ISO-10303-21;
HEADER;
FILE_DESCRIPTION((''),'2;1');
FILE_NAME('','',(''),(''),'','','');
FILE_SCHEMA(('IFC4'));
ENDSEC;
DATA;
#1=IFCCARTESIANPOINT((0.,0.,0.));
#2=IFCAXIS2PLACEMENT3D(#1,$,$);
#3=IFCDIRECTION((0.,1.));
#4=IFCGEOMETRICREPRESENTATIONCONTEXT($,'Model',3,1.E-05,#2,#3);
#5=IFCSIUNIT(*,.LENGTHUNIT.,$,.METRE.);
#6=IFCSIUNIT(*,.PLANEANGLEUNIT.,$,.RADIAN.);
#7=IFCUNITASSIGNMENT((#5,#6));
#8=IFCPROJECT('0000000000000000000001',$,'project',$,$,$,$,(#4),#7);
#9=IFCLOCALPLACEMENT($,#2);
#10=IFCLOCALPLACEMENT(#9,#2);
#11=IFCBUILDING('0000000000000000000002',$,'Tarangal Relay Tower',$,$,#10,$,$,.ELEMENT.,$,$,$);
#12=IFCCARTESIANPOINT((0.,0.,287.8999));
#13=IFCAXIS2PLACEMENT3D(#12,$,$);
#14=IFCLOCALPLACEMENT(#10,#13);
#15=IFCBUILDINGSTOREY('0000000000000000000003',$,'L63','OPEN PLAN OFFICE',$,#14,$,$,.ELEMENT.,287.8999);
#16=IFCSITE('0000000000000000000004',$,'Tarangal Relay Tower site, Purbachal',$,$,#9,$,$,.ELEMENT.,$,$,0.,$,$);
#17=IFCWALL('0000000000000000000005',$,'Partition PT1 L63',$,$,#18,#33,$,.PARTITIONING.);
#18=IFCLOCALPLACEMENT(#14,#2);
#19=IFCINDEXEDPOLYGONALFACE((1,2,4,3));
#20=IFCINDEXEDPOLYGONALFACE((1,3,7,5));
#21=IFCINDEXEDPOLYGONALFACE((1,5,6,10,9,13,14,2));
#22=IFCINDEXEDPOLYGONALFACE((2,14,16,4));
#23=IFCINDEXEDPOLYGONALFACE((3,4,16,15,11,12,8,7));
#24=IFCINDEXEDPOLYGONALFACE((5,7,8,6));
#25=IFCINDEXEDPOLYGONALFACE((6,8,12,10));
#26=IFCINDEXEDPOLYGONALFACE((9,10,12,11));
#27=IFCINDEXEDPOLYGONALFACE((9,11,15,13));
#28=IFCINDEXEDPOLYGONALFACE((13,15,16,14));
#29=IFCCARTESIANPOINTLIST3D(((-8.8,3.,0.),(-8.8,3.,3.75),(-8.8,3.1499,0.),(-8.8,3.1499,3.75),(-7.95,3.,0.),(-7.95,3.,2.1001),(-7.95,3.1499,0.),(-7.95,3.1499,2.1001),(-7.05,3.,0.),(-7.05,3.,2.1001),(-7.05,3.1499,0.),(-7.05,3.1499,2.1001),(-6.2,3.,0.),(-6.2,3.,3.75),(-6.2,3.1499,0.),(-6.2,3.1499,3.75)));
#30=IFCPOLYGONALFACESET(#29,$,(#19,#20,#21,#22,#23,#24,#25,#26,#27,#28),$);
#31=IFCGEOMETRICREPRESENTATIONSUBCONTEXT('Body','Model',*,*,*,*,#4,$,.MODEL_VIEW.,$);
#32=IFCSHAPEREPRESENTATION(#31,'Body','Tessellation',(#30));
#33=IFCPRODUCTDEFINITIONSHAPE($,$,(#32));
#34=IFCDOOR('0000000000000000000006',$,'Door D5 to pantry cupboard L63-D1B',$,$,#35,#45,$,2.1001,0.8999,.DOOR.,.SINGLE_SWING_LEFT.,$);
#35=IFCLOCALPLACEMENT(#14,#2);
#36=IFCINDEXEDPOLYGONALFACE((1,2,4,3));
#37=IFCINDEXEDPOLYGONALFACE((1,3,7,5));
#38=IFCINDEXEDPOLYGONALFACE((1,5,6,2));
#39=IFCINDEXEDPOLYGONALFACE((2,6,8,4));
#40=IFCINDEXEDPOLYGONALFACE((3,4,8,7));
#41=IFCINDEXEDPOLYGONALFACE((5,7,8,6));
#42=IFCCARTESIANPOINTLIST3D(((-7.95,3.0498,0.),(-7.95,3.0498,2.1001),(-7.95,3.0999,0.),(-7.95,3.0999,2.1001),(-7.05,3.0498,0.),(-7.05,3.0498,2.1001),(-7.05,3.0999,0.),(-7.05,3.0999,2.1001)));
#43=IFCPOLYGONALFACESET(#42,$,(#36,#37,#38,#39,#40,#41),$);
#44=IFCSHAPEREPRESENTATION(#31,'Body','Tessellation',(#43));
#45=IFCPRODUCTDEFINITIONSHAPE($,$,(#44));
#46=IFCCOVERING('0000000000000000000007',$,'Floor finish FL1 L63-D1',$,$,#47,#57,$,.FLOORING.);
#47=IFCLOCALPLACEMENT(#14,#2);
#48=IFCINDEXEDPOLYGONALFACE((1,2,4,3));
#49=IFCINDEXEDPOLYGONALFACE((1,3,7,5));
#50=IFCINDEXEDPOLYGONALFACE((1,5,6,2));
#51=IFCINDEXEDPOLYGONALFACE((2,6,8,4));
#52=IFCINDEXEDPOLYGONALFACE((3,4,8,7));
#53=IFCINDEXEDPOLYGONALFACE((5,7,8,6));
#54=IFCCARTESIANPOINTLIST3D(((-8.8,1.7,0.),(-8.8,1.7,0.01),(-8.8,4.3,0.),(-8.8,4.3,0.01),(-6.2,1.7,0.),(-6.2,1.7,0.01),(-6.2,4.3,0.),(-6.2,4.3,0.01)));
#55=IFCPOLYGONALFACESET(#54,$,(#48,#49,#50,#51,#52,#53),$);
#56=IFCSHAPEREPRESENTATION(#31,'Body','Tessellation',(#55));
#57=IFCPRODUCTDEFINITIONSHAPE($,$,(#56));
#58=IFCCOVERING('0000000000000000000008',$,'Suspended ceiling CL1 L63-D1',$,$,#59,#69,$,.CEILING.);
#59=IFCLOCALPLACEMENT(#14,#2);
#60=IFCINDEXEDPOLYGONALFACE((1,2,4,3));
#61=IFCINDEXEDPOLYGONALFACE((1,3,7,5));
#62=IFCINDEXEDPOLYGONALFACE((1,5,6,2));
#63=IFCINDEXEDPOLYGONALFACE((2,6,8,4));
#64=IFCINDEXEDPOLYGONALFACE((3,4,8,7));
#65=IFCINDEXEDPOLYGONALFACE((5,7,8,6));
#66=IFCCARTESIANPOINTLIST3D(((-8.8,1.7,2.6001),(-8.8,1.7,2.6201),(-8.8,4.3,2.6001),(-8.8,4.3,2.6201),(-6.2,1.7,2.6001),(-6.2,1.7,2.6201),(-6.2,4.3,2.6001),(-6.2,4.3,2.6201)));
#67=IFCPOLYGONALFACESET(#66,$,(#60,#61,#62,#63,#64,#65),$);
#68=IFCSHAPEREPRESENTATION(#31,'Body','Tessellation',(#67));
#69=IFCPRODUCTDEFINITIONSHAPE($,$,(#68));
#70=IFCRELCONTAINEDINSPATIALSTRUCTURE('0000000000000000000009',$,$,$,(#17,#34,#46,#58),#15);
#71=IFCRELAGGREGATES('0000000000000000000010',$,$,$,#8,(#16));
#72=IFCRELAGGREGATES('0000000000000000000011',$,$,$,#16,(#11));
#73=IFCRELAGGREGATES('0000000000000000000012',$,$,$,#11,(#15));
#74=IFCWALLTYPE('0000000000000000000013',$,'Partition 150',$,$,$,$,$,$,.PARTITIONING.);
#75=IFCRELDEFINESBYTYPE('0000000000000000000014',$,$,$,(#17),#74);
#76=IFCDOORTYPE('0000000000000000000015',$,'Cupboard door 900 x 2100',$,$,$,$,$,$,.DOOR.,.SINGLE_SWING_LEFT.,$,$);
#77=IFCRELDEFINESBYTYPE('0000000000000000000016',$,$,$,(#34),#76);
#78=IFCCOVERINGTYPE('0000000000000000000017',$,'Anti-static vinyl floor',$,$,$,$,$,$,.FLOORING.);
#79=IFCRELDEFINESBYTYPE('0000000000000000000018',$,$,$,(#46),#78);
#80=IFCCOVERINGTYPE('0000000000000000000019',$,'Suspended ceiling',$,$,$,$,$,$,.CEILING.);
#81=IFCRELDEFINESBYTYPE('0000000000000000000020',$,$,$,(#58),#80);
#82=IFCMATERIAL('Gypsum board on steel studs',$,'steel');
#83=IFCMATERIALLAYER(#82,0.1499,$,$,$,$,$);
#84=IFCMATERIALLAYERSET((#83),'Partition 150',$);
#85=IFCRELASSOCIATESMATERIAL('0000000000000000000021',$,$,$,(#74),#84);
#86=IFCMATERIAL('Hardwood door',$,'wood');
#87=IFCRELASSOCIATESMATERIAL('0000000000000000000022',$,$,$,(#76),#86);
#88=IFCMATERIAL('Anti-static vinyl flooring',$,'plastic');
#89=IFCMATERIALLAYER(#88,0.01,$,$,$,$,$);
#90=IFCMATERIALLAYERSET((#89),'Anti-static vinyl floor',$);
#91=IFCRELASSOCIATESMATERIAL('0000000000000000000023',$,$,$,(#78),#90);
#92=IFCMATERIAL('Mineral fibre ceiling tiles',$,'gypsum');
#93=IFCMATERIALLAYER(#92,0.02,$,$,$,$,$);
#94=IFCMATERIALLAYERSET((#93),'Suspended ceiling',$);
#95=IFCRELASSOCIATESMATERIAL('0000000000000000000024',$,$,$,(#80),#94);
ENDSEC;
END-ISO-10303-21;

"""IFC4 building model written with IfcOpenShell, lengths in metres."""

from ifc_helpers import new_model, si_unit, direction, frame, frame_2d, origin, place, context, subcontext, project, spatial, polyline, rectangle, outline, extrude, material, layer, layer_set, type_object, element, fill, save


model = new_model("IFC4")

# Units and contexts
model_context = context("Model", 3, precision=1e-05, world=origin(), true_north=direction((0.0, 1.0)))
body_context = subcontext(model_context, "Body", "Model", "MODEL_VIEW")
ifc_project = project(units=[si_unit("LENGTHUNIT", "METRE"), si_unit("PLANEANGLEUNIT", "RADIAN")], contexts=[model_context])

# Site, building, storey
site_placement = place(None, origin())
site = spatial("IfcSite", under=ifc_project, at=site_placement, Name="Tarangal Relay Tower site, Purbachal", CompositionType="ELEMENT", RefElevation=0.0)
building_placement = place(site_placement, origin())
building = spatial("IfcBuilding", under=site, at=building_placement, Name="Tarangal Relay Tower", CompositionType="ELEMENT")
storey_placement = place(building_placement, frame((0.0, 0.0, 287.8999)))
storey = spatial("IfcBuildingStorey", under=building, at=storey_placement, Name="L63", Description="OPEN PLAN OFFICE", CompositionType="ELEMENT", Elevation=287.8999)

# Wall, opening, door
ifc_material_1 = material(Name="Gypsum board on steel studs", Category="steel")
ifc_layer_1 = layer(ifc_material_1, 0.1499)
ifc_layer_set_1 = layer_set([ifc_layer_1], Name="Partition 150")
wall_type_1 = type_object("IfcWallType", Name="Partition 150", PredefinedType="PARTITIONING", material=ifc_layer_set_1)
wall_1_placement = place(storey_placement, frame((-8.8, 3.075, 0.0), z_axis=(0.0, 0.0, 1.0), x_axis=(1.0, 0.0, 0.0)))
wall_1 = element("IfcWall", 1, at=wall_1_placement, inside=storey, type_object=wall_type_1, Name="Partition PT1 L63", PredefinedType="PARTITIONING", context=body_context, shape_type="SweptSolid", body=[
    extrude(rectangle(XDim=2.6001, YDim=0.1499, at=frame_2d((1.3, 0.0))), origin(), (0.0, 0.0, 1.0), 3.75),
])
opening_1_placement = place(wall_1_placement, frame((0.8501, 0.0, 0.0)))
opening_1 = element("IfcOpeningElement", 2, at=opening_1_placement, cuts=wall_1, PredefinedType="OPENING", context=body_context, shape_type="SweptSolid", body=[
    extrude(rectangle(XDim=0.8999, YDim=2.1001, at=frame_2d((0.45, 1.05))), frame((0.0, 0.085, 0.0), z_axis=(0.0, -1.0, 0.0), x_axis=(1.0, 0.0, 0.0)), (0.0, 0.0, 1.0), 0.1699),
])
ifc_material_2 = material(Name="Hardwood door", Category="wood")
door_type_1 = type_object("IfcDoorType", Name="Cupboard door 900 x 2100", OperationType="SINGLE_SWING_LEFT", PredefinedType="DOOR", material=ifc_material_2)
door_1_placement = place(opening_1_placement, origin())
door_1 = element("IfcDoor", 3, at=door_1_placement, inside=storey, type_object=door_type_1, Name="Door D5 to pantry cupboard L63-D1B", OperationType="SINGLE_SWING_LEFT", OverallHeight=2.1001, OverallWidth=0.8999, PredefinedType="DOOR", context=body_context, shape_type="SweptSolid", body=[
    extrude(rectangle(XDim=0.8999, YDim=2.1001, at=frame_2d((0.45, 1.05))), frame((0.0, 0.0249, 0.0), z_axis=(0.0, -1.0, 0.0), x_axis=(1.0, 0.0, 0.0)), (0.0, 0.0, 1.0), 0.05),
])
fill(opening_1, door_1)

# Coverings
ifc_material_3 = material(Name="Anti-static vinyl flooring", Category="plastic")
ifc_layer_2 = layer(ifc_material_3, 0.01)
ifc_layer_set_2 = layer_set([ifc_layer_2], Name="Anti-static vinyl floor")
covering_type_1 = type_object("IfcCoveringType", Name="Anti-static vinyl floor", PredefinedType="FLOORING", material=ifc_layer_set_2)
covering_1_placement = place(storey_placement, origin())
element("IfcCovering", 4, at=covering_1_placement, inside=storey, type_object=covering_type_1, Name="Floor finish FL1 L63-D1", PredefinedType="FLOORING", context=body_context, shape_type="SweptSolid", body=[
    extrude(outline(polyline([(-8.8, 1.7), (-6.2, 1.7), (-6.2, 4.3), (-8.8, 4.3), (-8.8, 1.7)])), origin(), (0.0, 0.0, 1.0), 0.01),
])
ifc_material_4 = material(Name="Mineral fibre ceiling tiles", Category="gypsum")
ifc_layer_3 = layer(ifc_material_4, 0.02)
ifc_layer_set_3 = layer_set([ifc_layer_3], Name="Suspended ceiling")
covering_type_2 = type_object("IfcCoveringType", Name="Suspended ceiling", PredefinedType="CEILING", material=ifc_layer_set_3)
covering_2_placement = place(storey_placement, frame((0.0, 0.0, 2.6001)))
element("IfcCovering", 5, at=covering_2_placement, inside=storey, type_object=covering_type_2, Name="Suspended ceiling CL1 L63-D1", PredefinedType="CEILING", context=body_context, shape_type="SweptSolid", body=[
    extrude(outline(polyline([(-8.8, 1.7), (-6.2, 1.7), (-6.2, 4.3), (-8.8, 4.3), (-8.8, 1.7)])), origin(), (0.0, 0.0, 1.0), 0.02),
])

save(model, "model.ifc")
